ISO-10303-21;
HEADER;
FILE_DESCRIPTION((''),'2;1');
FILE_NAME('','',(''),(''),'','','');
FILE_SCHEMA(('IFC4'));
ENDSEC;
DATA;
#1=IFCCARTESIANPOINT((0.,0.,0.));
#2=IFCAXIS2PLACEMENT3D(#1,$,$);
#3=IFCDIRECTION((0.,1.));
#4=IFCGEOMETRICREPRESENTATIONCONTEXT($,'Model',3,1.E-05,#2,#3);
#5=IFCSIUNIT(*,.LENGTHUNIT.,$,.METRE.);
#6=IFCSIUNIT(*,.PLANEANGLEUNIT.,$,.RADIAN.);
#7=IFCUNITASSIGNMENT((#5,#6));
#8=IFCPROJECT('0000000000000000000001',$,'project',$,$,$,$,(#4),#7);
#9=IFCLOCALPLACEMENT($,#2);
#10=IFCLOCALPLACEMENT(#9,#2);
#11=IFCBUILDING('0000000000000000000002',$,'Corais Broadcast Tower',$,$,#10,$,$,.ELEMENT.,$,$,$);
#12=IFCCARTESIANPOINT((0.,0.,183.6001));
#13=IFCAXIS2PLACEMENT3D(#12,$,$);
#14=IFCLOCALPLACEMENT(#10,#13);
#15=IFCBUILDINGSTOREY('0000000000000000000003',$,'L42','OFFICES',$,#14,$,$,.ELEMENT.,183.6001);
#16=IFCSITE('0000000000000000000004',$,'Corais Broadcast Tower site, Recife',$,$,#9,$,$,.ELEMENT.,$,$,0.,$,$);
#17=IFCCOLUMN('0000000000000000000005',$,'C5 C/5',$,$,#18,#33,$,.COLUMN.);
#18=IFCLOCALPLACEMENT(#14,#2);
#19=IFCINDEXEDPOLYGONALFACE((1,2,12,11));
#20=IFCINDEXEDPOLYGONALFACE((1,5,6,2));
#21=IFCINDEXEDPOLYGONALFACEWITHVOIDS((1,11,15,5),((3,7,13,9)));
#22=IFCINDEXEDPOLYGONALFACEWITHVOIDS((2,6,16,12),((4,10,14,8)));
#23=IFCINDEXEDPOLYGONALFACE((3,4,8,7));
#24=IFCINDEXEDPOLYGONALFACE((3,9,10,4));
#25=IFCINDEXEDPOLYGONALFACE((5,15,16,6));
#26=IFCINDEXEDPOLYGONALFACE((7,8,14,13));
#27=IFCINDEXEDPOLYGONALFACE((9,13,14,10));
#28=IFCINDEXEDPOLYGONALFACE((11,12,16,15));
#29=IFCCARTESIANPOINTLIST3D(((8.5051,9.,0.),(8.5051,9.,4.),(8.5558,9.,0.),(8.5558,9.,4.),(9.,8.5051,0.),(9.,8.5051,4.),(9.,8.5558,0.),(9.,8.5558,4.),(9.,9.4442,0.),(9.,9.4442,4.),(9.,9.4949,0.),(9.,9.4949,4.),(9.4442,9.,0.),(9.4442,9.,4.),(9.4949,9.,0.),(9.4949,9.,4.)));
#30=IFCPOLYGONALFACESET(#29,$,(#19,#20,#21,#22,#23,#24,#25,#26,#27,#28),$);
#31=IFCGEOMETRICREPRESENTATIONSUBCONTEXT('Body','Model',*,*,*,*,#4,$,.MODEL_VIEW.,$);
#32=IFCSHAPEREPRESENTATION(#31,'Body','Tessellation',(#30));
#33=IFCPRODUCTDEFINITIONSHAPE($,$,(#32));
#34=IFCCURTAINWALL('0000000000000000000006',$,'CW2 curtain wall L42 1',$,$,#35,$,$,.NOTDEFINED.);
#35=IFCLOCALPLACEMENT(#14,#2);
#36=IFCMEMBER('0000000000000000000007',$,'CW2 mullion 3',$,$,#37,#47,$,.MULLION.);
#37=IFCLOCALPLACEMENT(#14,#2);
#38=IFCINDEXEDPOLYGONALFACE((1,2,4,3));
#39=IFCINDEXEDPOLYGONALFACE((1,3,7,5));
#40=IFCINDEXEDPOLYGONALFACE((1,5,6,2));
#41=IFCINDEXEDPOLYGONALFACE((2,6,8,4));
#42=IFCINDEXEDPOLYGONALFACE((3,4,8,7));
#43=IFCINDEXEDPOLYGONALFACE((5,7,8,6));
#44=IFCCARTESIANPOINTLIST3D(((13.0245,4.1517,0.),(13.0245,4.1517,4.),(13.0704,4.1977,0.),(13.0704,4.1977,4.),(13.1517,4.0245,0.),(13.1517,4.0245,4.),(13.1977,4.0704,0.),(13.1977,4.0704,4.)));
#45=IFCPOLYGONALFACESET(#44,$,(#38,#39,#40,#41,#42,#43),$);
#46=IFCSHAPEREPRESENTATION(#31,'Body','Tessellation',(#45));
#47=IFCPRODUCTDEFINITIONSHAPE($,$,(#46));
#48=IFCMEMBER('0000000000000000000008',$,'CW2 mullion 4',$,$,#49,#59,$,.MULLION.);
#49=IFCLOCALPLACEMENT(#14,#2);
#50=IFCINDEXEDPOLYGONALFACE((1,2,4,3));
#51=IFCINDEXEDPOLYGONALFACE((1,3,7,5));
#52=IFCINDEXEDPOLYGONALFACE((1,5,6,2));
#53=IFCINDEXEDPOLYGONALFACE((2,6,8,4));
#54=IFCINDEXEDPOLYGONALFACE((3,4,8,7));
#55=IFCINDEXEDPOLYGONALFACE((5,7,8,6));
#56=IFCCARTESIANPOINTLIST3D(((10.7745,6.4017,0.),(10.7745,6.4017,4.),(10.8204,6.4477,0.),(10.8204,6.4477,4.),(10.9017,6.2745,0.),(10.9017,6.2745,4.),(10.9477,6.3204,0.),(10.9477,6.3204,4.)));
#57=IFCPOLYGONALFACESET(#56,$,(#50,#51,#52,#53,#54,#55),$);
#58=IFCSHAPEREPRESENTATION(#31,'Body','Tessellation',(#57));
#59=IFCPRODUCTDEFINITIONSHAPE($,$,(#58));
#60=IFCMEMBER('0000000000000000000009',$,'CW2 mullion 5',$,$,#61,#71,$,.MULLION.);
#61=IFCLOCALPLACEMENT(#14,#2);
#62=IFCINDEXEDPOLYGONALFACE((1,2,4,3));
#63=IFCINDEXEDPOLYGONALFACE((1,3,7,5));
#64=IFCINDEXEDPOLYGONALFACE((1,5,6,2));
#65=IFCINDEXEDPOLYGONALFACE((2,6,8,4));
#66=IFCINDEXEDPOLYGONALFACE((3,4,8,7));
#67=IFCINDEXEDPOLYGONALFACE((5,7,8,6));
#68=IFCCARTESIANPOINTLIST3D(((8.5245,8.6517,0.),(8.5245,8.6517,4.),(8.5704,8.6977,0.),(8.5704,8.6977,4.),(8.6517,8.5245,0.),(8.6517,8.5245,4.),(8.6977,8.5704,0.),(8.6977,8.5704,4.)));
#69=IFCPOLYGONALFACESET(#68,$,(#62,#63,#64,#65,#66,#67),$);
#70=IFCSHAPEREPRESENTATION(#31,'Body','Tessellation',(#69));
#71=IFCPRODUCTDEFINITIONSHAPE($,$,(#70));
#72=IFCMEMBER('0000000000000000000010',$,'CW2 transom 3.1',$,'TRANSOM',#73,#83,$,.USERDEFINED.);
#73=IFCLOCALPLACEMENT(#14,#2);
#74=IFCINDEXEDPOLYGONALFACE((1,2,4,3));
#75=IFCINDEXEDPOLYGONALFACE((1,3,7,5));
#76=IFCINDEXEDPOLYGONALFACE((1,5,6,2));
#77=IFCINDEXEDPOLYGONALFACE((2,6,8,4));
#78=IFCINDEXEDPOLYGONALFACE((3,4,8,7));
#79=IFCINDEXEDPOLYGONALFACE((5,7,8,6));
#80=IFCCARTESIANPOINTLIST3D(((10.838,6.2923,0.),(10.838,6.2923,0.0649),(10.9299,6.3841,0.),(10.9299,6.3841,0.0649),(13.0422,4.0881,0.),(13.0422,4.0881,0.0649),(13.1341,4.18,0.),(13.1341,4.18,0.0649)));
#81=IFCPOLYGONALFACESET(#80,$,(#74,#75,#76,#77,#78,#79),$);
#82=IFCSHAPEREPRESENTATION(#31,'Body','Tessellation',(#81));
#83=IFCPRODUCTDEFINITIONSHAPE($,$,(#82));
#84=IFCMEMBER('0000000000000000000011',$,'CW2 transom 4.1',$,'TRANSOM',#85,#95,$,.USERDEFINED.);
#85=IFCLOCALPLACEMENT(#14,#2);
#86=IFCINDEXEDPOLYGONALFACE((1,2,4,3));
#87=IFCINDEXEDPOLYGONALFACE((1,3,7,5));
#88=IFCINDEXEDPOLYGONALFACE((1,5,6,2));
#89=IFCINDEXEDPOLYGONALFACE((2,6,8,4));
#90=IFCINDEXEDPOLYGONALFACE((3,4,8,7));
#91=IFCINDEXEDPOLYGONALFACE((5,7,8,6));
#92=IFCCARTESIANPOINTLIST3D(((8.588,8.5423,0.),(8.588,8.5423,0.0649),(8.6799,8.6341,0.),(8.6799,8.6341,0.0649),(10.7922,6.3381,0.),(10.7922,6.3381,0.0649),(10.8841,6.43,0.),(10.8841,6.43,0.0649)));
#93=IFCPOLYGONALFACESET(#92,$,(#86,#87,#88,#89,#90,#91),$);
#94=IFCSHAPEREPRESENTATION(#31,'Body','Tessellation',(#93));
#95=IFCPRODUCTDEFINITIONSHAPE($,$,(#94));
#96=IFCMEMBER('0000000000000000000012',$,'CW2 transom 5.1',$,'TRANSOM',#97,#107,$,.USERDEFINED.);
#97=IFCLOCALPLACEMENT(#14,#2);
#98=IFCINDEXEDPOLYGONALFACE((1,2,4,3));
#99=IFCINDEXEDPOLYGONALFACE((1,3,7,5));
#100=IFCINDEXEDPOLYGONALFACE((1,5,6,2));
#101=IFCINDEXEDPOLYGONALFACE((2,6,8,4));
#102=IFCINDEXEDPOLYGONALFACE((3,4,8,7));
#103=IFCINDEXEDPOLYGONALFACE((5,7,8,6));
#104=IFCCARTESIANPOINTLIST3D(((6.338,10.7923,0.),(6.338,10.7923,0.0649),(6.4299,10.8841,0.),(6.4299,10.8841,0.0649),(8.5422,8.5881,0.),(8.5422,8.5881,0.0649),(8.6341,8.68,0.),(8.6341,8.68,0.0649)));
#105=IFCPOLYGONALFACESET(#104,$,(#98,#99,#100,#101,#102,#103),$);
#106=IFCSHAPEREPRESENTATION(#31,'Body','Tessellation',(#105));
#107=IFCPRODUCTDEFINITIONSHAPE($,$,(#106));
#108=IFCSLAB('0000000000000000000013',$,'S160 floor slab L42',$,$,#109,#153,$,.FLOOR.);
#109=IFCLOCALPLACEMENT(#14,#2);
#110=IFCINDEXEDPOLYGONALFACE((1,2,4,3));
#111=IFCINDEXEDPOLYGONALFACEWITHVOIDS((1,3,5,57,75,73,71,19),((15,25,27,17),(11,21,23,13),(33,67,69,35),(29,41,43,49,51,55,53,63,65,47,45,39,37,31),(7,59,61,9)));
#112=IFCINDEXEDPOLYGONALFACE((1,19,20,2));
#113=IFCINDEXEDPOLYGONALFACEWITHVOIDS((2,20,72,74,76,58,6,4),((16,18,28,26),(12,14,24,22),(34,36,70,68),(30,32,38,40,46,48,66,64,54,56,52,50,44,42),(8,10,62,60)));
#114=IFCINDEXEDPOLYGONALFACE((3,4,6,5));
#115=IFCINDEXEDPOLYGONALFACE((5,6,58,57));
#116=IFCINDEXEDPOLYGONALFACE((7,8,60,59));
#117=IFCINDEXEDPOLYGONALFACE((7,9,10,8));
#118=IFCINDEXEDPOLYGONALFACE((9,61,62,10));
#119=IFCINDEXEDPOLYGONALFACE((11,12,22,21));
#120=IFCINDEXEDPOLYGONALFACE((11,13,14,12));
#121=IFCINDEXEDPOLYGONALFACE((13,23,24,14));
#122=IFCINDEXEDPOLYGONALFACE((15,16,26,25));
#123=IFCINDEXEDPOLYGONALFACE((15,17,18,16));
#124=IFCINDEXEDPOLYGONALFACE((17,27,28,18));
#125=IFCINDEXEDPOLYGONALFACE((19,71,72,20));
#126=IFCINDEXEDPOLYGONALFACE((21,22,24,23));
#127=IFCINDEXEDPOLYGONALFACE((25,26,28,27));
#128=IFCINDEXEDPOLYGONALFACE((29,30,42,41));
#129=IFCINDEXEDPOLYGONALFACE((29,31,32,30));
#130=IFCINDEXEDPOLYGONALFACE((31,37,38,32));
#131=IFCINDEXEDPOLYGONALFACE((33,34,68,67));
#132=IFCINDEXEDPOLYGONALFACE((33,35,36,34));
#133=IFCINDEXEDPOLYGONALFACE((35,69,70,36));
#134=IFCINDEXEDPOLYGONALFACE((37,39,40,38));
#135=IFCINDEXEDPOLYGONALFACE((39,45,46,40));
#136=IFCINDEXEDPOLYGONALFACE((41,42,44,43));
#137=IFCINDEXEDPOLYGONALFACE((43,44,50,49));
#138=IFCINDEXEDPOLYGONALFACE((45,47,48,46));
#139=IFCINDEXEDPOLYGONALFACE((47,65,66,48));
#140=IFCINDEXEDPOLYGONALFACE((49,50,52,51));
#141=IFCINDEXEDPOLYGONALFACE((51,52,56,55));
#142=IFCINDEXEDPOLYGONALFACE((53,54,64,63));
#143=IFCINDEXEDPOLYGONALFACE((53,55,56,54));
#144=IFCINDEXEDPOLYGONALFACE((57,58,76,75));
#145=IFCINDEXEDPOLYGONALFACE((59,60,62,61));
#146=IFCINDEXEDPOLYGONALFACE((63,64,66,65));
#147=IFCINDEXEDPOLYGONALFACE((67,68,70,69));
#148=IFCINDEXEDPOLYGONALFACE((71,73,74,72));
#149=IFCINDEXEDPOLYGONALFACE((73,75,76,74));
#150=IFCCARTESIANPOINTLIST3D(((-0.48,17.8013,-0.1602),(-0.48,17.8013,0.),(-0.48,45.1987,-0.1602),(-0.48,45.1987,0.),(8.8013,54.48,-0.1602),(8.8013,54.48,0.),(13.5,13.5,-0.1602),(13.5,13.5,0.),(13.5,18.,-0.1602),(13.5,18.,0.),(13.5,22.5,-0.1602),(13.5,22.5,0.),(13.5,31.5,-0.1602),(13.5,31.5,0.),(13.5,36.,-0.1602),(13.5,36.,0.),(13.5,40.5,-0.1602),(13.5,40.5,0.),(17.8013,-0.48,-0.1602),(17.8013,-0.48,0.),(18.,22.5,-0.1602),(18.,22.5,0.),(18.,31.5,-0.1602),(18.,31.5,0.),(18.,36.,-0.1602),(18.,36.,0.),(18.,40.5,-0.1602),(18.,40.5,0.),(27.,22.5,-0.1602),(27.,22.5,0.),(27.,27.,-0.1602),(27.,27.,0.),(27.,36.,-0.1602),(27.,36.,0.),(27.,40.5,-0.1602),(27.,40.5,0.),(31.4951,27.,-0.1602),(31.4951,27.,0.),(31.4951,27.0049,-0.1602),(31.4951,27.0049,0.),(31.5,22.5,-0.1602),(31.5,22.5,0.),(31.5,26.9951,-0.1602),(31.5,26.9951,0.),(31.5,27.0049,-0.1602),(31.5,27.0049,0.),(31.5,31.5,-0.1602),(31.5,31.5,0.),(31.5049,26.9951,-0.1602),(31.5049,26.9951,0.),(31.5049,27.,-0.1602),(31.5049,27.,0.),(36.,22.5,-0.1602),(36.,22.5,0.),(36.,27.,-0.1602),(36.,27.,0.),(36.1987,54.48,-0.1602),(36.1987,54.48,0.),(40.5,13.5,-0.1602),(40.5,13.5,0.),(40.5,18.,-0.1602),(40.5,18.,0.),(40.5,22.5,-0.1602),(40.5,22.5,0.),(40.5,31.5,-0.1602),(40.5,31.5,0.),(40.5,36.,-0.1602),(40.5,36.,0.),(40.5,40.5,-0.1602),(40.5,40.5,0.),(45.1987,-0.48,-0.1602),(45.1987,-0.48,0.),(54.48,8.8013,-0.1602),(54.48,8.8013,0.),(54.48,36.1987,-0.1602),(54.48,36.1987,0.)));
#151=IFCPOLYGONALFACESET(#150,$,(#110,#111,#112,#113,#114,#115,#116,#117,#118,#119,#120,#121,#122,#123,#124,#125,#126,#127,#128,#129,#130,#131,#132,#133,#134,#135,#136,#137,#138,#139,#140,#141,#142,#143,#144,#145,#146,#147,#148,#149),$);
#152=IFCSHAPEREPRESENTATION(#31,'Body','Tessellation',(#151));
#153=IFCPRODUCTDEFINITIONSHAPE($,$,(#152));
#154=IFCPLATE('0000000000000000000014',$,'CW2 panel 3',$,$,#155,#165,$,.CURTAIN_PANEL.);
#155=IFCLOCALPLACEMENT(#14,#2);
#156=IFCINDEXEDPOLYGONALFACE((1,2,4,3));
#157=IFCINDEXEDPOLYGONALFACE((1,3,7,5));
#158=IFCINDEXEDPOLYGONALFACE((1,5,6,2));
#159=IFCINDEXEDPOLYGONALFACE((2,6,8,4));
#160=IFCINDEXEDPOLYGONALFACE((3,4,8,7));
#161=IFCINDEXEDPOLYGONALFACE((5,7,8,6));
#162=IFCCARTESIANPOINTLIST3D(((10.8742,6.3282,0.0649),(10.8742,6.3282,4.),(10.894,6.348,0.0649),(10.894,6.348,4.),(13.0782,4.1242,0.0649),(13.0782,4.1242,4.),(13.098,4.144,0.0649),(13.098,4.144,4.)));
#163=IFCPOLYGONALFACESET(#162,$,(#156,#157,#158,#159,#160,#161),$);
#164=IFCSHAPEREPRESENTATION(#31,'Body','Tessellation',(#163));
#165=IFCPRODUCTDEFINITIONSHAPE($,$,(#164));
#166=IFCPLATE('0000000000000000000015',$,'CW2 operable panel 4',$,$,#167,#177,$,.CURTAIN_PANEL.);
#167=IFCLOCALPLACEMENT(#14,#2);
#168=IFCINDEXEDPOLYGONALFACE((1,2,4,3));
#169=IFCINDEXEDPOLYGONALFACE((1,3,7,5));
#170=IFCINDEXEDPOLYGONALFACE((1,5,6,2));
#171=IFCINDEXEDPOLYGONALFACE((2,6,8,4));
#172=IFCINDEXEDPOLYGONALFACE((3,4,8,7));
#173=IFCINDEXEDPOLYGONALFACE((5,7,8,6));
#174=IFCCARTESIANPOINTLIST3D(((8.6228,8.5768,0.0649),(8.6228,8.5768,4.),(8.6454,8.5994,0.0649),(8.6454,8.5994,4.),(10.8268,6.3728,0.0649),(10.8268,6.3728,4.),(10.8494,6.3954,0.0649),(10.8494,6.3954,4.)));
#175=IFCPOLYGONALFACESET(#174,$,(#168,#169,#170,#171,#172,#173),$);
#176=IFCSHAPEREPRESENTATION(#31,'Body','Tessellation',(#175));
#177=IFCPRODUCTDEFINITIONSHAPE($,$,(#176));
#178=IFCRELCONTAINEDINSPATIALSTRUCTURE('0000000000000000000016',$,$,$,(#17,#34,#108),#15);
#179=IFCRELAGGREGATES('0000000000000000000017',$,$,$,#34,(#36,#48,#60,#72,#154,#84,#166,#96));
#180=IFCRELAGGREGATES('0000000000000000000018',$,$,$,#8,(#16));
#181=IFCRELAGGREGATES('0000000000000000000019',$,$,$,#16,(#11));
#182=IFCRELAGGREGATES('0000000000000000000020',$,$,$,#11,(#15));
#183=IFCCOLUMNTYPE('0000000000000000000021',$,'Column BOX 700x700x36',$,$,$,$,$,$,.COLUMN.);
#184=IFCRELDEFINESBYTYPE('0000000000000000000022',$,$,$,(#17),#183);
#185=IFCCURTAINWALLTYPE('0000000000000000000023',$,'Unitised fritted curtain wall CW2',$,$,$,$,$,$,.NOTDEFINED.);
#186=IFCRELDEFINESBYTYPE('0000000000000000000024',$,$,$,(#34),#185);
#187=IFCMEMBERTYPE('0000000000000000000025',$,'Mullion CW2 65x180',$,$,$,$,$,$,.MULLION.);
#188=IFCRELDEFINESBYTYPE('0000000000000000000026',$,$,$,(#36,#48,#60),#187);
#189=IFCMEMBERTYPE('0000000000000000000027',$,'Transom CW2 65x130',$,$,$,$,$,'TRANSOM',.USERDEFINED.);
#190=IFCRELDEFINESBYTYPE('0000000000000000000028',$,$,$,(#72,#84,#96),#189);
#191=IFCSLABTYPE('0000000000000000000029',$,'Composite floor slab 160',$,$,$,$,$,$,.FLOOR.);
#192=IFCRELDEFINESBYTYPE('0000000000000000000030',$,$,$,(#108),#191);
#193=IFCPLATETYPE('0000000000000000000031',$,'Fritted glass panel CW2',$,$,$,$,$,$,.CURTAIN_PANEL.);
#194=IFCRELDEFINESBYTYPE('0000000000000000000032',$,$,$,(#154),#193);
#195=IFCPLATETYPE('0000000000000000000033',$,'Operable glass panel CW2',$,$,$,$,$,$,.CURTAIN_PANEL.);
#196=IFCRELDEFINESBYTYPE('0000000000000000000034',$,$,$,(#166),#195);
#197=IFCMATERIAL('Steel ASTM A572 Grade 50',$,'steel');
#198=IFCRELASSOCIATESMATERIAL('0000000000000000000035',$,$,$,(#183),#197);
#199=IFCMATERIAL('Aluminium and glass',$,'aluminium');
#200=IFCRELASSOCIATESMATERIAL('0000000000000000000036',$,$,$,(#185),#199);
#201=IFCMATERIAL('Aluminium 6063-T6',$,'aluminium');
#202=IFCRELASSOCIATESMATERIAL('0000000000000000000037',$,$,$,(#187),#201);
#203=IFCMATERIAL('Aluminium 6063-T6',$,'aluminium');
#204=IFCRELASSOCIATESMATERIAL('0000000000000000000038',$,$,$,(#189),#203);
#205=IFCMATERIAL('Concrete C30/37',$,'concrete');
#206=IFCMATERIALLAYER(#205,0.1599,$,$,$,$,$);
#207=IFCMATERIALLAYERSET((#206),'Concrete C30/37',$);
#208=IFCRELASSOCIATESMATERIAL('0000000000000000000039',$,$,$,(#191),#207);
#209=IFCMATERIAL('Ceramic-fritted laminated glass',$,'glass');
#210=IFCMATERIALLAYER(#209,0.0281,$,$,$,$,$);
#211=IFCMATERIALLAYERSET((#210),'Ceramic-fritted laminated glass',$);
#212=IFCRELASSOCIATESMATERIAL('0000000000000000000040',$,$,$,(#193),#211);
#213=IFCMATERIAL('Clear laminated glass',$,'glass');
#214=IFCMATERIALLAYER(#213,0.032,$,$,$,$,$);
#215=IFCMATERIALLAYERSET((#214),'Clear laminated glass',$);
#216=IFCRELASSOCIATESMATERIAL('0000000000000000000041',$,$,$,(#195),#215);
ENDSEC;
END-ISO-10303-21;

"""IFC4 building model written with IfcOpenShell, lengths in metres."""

from ifc_helpers import new_model, si_unit, direction, frame, origin, origin_2d, place, context, subcontext, project, spatial, polyline, rectangle, hollow_rectangle, outline, extrude, material, layer, layer_set, material_profile, profile_set, type_object, element, aggregate, save


model = new_model("IFC4")

# Units and contexts
model_context = context("Model", 3, precision=1e-05, world=origin(), true_north=direction((0.0, 1.0)))
body_context = subcontext(model_context, "Body", "Model", "MODEL_VIEW")
ifc_project = project(units=[si_unit("LENGTHUNIT", "METRE"), si_unit("PLANEANGLEUNIT", "RADIAN")], contexts=[model_context])

# Site, building, storey
site_placement = place(None, origin())
site = spatial("IfcSite", under=ifc_project, at=site_placement, Name="Corais Broadcast Tower site, Recife", CompositionType="ELEMENT", RefElevation=0.0)
building_placement = place(site_placement, origin())
building = spatial("IfcBuilding", under=site, at=building_placement, Name="Corais Broadcast Tower", CompositionType="ELEMENT")
storey_placement = place(building_placement, frame((0.0, 0.0, 183.6001)))
storey = spatial("IfcBuildingStorey", under=building, at=storey_placement, Name="L42", Description="OFFICES", CompositionType="ELEMENT", Elevation=183.6001)

# Column
ifc_material_1 = material(Name="Steel ASTM A572 Grade 50", Category="steel")
ifc_material_profile_1 = material_profile(ifc_material_1, hollow_rectangle(XDim=0.7, YDim=0.7, WallThickness=0.0359, at=origin_2d()), Name="BOX 700x700x36")
ifc_profile_set_1 = profile_set([ifc_material_profile_1], Name="Steel ASTM A572 Grade 50")
column_type = type_object("IfcColumnType", Name="Column BOX 700x700x36", PredefinedType="COLUMN", material=ifc_profile_set_1)
column_placement = place(storey_placement, frame((9.0, 9.0, 0.0), z_axis=(0.0, 0.0, 1.0), x_axis=(0.707107, 0.707107, 0.0)))
element("IfcColumn", 1, at=column_placement, inside=storey, type_object=column_type, Name="C5 C/5", PredefinedType="COLUMN", context=body_context, shape_type="SweptSolid", body=[
    extrude(hollow_rectangle(XDim=0.7, YDim=0.7, WallThickness=0.0359, at=origin_2d()), origin(), (0.0, 0.0, 1.0), 4.0),
])

# Curtain wall, members
ifc_material_2 = material(Name="Aluminium and glass", Category="aluminium")
curtain_wall_type = type_object("IfcCurtainWallType", Name="Unitised fritted curtain wall CW2", PredefinedType="NOTDEFINED", material=ifc_material_2)
curtain_wall_placement = place(storey_placement, origin())
curtain_wall = element("IfcCurtainWall", 2, at=curtain_wall_placement, inside=storey, type_object=curtain_wall_type, Name="CW2 curtain wall L42 1", PredefinedType="NOTDEFINED")
ifc_material_3 = material(Name="Aluminium 6063-T6", Category="aluminium")
ifc_material_profile_2 = material_profile(ifc_material_3, rectangle(XDim=0.0649, YDim=0.1799, at=origin_2d()), Name="Mullion CW2 65x180")
ifc_profile_set_2 = profile_set([ifc_material_profile_2], Name="Aluminium 6063-T6")
member_type_1 = type_object("IfcMemberType", Name="Mullion CW2 65x180", PredefinedType="MULLION", material=ifc_profile_set_2)
member_1_placement = place(storey_placement, frame((13.1111, 4.1111, 0.0), z_axis=(0.0, 0.0, 1.0), x_axis=(-0.707107, -0.707107, 0.0)))
member_1 = element("IfcMember", 3, at=member_1_placement, type_object=member_type_1, Name="CW2 mullion 3", PredefinedType="MULLION", context=body_context, shape_type="SweptSolid", body=[
    extrude(rectangle(XDim=0.0649, YDim=0.1799, at=origin_2d()), origin(), (0.0, 0.0, 1.0), 4.0),
])
member_2_placement = place(storey_placement, frame((10.8611, 6.3611, 0.0), z_axis=(0.0, 0.0, 1.0), x_axis=(-0.707107, -0.707107, 0.0)))
member_2 = element("IfcMember", 4, at=member_2_placement, type_object=member_type_1, Name="CW2 mullion 4", PredefinedType="MULLION", context=body_context, shape_type="SweptSolid", body=[
    extrude(rectangle(XDim=0.0649, YDim=0.1799, at=origin_2d()), origin(), (0.0, 0.0, 1.0), 4.0),
])
member_3_placement = place(storey_placement, frame((8.6111, 8.6111, 0.0), z_axis=(0.0, 0.0, 1.0), x_axis=(-0.707107, -0.707107, 0.0)))
member_3 = element("IfcMember", 5, at=member_3_placement, type_object=member_type_1, Name="CW2 mullion 5", PredefinedType="MULLION", context=body_context, shape_type="SweptSolid", body=[
    extrude(rectangle(XDim=0.0649, YDim=0.1799, at=origin_2d()), origin(), (0.0, 0.0, 1.0), 4.0),
])
ifc_material_4 = material(Name="Aluminium 6063-T6", Category="aluminium")
ifc_material_profile_3 = material_profile(ifc_material_4, rectangle(XDim=0.1299, YDim=0.0649, at=origin_2d()), Name="Transom CW2 65x130")
ifc_profile_set_3 = profile_set([ifc_material_profile_3], Name="Aluminium 6063-T6")
member_type_2 = type_object("IfcMemberType", Name="Transom CW2 65x130", ElementType="TRANSOM", PredefinedType="USERDEFINED", material=ifc_profile_set_3)
member_4_placement = place(storey_placement, frame((13.0881, 4.134, 0.0325), z_axis=(-0.707107, 0.707107, 0.0), x_axis=(-0.707107, -0.707107, 0.0)))
member_4 = element("IfcMember", 6, at=member_4_placement, type_object=member_type_2, Name="CW2 transom 3.1", ObjectType="TRANSOM", PredefinedType="USERDEFINED", context=body_context, shape_type="SweptSolid", body=[
    extrude(rectangle(XDim=0.1299, YDim=0.0649, at=origin_2d()), origin(), (0.0, 0.0, 1.0), 3.1172),
])
member_5_placement = place(storey_placement, frame((10.8381, 6.384, 0.0325), z_axis=(-0.707107, 0.707107, 0.0), x_axis=(-0.707107, -0.707107, 0.0)))
member_5 = element("IfcMember", 7, at=member_5_placement, type_object=member_type_2, Name="CW2 transom 4.1", ObjectType="TRANSOM", PredefinedType="USERDEFINED", context=body_context, shape_type="SweptSolid", body=[
    extrude(rectangle(XDim=0.1299, YDim=0.0649, at=origin_2d()), origin(), (0.0, 0.0, 1.0), 3.1172),
])
member_6_placement = place(storey_placement, frame((8.5881, 8.634, 0.0325), z_axis=(-0.707107, 0.707107, 0.0), x_axis=(-0.707107, -0.707107, 0.0)))
member_6 = element("IfcMember", 8, at=member_6_placement, type_object=member_type_2, Name="CW2 transom 5.1", ObjectType="TRANSOM", PredefinedType="USERDEFINED", context=body_context, shape_type="SweptSolid", body=[
    extrude(rectangle(XDim=0.1299, YDim=0.0649, at=origin_2d()), origin(), (0.0, 0.0, 1.0), 3.1172),
])

# Slab
ifc_material_5 = material(Name="Concrete C30/37", Category="concrete")
ifc_layer_1 = layer(ifc_material_5, 0.1599)
ifc_layer_set_1 = layer_set([ifc_layer_1], Name="Concrete C30/37")
slab_type_1 = type_object("IfcSlabType", Name="Composite floor slab 160", PredefinedType="FLOOR", material=ifc_layer_set_1)
slab_1_placement = place(storey_placement, frame((0.0, 0.0, -0.1602)))
element("IfcSlab", 9, at=slab_1_placement, inside=storey, type_object=slab_type_1, Name="S160 floor slab L42", PredefinedType="FLOOR", context=body_context, shape_type="SweptSolid", body=[
    extrude(outline(polyline([(17.8013, -0.48), (-0.48, 17.8013), (-0.48, 45.1987), (8.8013, 54.48), (36.1987, 54.48), (54.48, 36.1987), (54.48, 8.8013), (45.1987, -0.48), (17.8013, -0.48)]), holes=[polyline([(13.5, 18.0), (40.5, 18.0), (40.5, 13.5), (13.5, 13.5), (13.5, 18.0)]), polyline([(18.0, 22.5), (13.5, 22.5), (13.5, 31.5), (18.0, 31.5), (18.0, 22.5)]), polyline([(18.0, 36.0), (13.5, 36.0), (13.5, 40.5), (18.0, 40.5), (18.0, 36.0)]), polyline([(31.5, 22.5), (27.0, 22.5), (27.0, 27.0), (31.4951, 27.0), (31.4951, 27.0049), (31.5, 27.0049), (31.5, 31.5), (40.5, 31.5), (40.5, 22.5), (36.0, 22.5), (36.0, 27.0), (31.5049, 27.0), (31.5049, 26.9951), (31.5, 26.9951), (31.5, 22.5)]), polyline([(27.0, 40.5), (40.5, 40.5), (40.5, 36.0), (27.0, 36.0), (27.0, 40.5)])]), origin(), (0.0, 0.0, 1.0), 0.1602),
])

# Plates
ifc_material_6 = material(Name="Ceramic-fritted laminated glass", Category="glass")
ifc_layer_2 = layer(ifc_material_6, 0.0281)
ifc_layer_set_2 = layer_set([ifc_layer_2], Name="Ceramic-fritted laminated glass")
plate_type_1 = type_object("IfcPlateType", Name="Fritted glass panel CW2", PredefinedType="CURTAIN_PANEL", material=ifc_layer_set_2)
plate_1_placement = place(storey_placement, frame((11.9861, 5.2361, 0.0649), z_axis=(0.0, 0.0, 1.0), x_axis=(-0.707107, 0.707107, 0.0)))
plate_1 = element("IfcPlate", 10, at=plate_1_placement, type_object=plate_type_1, Name="CW2 panel 3", PredefinedType="CURTAIN_PANEL", context=body_context, shape_type="SweptSolid", body=[
    extrude(rectangle(XDim=3.1169, YDim=0.0281, at=origin_2d()), origin(), (0.0, 0.0, 1.0), 3.9351),
])
ifc_material_7 = material(Name="Clear laminated glass", Category="glass")
ifc_layer_3 = layer(ifc_material_7, 0.032)
ifc_layer_set_3 = layer_set([ifc_layer_3], Name="Clear laminated glass")
plate_type_2 = type_object("IfcPlateType", Name="Operable glass panel CW2", PredefinedType="CURTAIN_PANEL", material=ifc_layer_set_3)
plate_2_placement = place(storey_placement, frame((9.7361, 7.4861, 0.0649), z_axis=(0.0, 0.0, 1.0), x_axis=(-0.707107, 0.707107, 0.0)))
plate_2 = element("IfcPlate", 11, at=plate_2_placement, type_object=plate_type_2, Name="CW2 operable panel 4", PredefinedType="CURTAIN_PANEL", context=body_context, shape_type="SweptSolid", body=[
    extrude(rectangle(XDim=3.1169, YDim=0.032, at=origin_2d()), origin(), (0.0, 0.0, 1.0), 3.9351),
])
aggregate(curtain_wall, [member_1, member_2, member_3, member_4, plate_1, member_5, plate_2, member_6])

save(model, "model.ifc")
